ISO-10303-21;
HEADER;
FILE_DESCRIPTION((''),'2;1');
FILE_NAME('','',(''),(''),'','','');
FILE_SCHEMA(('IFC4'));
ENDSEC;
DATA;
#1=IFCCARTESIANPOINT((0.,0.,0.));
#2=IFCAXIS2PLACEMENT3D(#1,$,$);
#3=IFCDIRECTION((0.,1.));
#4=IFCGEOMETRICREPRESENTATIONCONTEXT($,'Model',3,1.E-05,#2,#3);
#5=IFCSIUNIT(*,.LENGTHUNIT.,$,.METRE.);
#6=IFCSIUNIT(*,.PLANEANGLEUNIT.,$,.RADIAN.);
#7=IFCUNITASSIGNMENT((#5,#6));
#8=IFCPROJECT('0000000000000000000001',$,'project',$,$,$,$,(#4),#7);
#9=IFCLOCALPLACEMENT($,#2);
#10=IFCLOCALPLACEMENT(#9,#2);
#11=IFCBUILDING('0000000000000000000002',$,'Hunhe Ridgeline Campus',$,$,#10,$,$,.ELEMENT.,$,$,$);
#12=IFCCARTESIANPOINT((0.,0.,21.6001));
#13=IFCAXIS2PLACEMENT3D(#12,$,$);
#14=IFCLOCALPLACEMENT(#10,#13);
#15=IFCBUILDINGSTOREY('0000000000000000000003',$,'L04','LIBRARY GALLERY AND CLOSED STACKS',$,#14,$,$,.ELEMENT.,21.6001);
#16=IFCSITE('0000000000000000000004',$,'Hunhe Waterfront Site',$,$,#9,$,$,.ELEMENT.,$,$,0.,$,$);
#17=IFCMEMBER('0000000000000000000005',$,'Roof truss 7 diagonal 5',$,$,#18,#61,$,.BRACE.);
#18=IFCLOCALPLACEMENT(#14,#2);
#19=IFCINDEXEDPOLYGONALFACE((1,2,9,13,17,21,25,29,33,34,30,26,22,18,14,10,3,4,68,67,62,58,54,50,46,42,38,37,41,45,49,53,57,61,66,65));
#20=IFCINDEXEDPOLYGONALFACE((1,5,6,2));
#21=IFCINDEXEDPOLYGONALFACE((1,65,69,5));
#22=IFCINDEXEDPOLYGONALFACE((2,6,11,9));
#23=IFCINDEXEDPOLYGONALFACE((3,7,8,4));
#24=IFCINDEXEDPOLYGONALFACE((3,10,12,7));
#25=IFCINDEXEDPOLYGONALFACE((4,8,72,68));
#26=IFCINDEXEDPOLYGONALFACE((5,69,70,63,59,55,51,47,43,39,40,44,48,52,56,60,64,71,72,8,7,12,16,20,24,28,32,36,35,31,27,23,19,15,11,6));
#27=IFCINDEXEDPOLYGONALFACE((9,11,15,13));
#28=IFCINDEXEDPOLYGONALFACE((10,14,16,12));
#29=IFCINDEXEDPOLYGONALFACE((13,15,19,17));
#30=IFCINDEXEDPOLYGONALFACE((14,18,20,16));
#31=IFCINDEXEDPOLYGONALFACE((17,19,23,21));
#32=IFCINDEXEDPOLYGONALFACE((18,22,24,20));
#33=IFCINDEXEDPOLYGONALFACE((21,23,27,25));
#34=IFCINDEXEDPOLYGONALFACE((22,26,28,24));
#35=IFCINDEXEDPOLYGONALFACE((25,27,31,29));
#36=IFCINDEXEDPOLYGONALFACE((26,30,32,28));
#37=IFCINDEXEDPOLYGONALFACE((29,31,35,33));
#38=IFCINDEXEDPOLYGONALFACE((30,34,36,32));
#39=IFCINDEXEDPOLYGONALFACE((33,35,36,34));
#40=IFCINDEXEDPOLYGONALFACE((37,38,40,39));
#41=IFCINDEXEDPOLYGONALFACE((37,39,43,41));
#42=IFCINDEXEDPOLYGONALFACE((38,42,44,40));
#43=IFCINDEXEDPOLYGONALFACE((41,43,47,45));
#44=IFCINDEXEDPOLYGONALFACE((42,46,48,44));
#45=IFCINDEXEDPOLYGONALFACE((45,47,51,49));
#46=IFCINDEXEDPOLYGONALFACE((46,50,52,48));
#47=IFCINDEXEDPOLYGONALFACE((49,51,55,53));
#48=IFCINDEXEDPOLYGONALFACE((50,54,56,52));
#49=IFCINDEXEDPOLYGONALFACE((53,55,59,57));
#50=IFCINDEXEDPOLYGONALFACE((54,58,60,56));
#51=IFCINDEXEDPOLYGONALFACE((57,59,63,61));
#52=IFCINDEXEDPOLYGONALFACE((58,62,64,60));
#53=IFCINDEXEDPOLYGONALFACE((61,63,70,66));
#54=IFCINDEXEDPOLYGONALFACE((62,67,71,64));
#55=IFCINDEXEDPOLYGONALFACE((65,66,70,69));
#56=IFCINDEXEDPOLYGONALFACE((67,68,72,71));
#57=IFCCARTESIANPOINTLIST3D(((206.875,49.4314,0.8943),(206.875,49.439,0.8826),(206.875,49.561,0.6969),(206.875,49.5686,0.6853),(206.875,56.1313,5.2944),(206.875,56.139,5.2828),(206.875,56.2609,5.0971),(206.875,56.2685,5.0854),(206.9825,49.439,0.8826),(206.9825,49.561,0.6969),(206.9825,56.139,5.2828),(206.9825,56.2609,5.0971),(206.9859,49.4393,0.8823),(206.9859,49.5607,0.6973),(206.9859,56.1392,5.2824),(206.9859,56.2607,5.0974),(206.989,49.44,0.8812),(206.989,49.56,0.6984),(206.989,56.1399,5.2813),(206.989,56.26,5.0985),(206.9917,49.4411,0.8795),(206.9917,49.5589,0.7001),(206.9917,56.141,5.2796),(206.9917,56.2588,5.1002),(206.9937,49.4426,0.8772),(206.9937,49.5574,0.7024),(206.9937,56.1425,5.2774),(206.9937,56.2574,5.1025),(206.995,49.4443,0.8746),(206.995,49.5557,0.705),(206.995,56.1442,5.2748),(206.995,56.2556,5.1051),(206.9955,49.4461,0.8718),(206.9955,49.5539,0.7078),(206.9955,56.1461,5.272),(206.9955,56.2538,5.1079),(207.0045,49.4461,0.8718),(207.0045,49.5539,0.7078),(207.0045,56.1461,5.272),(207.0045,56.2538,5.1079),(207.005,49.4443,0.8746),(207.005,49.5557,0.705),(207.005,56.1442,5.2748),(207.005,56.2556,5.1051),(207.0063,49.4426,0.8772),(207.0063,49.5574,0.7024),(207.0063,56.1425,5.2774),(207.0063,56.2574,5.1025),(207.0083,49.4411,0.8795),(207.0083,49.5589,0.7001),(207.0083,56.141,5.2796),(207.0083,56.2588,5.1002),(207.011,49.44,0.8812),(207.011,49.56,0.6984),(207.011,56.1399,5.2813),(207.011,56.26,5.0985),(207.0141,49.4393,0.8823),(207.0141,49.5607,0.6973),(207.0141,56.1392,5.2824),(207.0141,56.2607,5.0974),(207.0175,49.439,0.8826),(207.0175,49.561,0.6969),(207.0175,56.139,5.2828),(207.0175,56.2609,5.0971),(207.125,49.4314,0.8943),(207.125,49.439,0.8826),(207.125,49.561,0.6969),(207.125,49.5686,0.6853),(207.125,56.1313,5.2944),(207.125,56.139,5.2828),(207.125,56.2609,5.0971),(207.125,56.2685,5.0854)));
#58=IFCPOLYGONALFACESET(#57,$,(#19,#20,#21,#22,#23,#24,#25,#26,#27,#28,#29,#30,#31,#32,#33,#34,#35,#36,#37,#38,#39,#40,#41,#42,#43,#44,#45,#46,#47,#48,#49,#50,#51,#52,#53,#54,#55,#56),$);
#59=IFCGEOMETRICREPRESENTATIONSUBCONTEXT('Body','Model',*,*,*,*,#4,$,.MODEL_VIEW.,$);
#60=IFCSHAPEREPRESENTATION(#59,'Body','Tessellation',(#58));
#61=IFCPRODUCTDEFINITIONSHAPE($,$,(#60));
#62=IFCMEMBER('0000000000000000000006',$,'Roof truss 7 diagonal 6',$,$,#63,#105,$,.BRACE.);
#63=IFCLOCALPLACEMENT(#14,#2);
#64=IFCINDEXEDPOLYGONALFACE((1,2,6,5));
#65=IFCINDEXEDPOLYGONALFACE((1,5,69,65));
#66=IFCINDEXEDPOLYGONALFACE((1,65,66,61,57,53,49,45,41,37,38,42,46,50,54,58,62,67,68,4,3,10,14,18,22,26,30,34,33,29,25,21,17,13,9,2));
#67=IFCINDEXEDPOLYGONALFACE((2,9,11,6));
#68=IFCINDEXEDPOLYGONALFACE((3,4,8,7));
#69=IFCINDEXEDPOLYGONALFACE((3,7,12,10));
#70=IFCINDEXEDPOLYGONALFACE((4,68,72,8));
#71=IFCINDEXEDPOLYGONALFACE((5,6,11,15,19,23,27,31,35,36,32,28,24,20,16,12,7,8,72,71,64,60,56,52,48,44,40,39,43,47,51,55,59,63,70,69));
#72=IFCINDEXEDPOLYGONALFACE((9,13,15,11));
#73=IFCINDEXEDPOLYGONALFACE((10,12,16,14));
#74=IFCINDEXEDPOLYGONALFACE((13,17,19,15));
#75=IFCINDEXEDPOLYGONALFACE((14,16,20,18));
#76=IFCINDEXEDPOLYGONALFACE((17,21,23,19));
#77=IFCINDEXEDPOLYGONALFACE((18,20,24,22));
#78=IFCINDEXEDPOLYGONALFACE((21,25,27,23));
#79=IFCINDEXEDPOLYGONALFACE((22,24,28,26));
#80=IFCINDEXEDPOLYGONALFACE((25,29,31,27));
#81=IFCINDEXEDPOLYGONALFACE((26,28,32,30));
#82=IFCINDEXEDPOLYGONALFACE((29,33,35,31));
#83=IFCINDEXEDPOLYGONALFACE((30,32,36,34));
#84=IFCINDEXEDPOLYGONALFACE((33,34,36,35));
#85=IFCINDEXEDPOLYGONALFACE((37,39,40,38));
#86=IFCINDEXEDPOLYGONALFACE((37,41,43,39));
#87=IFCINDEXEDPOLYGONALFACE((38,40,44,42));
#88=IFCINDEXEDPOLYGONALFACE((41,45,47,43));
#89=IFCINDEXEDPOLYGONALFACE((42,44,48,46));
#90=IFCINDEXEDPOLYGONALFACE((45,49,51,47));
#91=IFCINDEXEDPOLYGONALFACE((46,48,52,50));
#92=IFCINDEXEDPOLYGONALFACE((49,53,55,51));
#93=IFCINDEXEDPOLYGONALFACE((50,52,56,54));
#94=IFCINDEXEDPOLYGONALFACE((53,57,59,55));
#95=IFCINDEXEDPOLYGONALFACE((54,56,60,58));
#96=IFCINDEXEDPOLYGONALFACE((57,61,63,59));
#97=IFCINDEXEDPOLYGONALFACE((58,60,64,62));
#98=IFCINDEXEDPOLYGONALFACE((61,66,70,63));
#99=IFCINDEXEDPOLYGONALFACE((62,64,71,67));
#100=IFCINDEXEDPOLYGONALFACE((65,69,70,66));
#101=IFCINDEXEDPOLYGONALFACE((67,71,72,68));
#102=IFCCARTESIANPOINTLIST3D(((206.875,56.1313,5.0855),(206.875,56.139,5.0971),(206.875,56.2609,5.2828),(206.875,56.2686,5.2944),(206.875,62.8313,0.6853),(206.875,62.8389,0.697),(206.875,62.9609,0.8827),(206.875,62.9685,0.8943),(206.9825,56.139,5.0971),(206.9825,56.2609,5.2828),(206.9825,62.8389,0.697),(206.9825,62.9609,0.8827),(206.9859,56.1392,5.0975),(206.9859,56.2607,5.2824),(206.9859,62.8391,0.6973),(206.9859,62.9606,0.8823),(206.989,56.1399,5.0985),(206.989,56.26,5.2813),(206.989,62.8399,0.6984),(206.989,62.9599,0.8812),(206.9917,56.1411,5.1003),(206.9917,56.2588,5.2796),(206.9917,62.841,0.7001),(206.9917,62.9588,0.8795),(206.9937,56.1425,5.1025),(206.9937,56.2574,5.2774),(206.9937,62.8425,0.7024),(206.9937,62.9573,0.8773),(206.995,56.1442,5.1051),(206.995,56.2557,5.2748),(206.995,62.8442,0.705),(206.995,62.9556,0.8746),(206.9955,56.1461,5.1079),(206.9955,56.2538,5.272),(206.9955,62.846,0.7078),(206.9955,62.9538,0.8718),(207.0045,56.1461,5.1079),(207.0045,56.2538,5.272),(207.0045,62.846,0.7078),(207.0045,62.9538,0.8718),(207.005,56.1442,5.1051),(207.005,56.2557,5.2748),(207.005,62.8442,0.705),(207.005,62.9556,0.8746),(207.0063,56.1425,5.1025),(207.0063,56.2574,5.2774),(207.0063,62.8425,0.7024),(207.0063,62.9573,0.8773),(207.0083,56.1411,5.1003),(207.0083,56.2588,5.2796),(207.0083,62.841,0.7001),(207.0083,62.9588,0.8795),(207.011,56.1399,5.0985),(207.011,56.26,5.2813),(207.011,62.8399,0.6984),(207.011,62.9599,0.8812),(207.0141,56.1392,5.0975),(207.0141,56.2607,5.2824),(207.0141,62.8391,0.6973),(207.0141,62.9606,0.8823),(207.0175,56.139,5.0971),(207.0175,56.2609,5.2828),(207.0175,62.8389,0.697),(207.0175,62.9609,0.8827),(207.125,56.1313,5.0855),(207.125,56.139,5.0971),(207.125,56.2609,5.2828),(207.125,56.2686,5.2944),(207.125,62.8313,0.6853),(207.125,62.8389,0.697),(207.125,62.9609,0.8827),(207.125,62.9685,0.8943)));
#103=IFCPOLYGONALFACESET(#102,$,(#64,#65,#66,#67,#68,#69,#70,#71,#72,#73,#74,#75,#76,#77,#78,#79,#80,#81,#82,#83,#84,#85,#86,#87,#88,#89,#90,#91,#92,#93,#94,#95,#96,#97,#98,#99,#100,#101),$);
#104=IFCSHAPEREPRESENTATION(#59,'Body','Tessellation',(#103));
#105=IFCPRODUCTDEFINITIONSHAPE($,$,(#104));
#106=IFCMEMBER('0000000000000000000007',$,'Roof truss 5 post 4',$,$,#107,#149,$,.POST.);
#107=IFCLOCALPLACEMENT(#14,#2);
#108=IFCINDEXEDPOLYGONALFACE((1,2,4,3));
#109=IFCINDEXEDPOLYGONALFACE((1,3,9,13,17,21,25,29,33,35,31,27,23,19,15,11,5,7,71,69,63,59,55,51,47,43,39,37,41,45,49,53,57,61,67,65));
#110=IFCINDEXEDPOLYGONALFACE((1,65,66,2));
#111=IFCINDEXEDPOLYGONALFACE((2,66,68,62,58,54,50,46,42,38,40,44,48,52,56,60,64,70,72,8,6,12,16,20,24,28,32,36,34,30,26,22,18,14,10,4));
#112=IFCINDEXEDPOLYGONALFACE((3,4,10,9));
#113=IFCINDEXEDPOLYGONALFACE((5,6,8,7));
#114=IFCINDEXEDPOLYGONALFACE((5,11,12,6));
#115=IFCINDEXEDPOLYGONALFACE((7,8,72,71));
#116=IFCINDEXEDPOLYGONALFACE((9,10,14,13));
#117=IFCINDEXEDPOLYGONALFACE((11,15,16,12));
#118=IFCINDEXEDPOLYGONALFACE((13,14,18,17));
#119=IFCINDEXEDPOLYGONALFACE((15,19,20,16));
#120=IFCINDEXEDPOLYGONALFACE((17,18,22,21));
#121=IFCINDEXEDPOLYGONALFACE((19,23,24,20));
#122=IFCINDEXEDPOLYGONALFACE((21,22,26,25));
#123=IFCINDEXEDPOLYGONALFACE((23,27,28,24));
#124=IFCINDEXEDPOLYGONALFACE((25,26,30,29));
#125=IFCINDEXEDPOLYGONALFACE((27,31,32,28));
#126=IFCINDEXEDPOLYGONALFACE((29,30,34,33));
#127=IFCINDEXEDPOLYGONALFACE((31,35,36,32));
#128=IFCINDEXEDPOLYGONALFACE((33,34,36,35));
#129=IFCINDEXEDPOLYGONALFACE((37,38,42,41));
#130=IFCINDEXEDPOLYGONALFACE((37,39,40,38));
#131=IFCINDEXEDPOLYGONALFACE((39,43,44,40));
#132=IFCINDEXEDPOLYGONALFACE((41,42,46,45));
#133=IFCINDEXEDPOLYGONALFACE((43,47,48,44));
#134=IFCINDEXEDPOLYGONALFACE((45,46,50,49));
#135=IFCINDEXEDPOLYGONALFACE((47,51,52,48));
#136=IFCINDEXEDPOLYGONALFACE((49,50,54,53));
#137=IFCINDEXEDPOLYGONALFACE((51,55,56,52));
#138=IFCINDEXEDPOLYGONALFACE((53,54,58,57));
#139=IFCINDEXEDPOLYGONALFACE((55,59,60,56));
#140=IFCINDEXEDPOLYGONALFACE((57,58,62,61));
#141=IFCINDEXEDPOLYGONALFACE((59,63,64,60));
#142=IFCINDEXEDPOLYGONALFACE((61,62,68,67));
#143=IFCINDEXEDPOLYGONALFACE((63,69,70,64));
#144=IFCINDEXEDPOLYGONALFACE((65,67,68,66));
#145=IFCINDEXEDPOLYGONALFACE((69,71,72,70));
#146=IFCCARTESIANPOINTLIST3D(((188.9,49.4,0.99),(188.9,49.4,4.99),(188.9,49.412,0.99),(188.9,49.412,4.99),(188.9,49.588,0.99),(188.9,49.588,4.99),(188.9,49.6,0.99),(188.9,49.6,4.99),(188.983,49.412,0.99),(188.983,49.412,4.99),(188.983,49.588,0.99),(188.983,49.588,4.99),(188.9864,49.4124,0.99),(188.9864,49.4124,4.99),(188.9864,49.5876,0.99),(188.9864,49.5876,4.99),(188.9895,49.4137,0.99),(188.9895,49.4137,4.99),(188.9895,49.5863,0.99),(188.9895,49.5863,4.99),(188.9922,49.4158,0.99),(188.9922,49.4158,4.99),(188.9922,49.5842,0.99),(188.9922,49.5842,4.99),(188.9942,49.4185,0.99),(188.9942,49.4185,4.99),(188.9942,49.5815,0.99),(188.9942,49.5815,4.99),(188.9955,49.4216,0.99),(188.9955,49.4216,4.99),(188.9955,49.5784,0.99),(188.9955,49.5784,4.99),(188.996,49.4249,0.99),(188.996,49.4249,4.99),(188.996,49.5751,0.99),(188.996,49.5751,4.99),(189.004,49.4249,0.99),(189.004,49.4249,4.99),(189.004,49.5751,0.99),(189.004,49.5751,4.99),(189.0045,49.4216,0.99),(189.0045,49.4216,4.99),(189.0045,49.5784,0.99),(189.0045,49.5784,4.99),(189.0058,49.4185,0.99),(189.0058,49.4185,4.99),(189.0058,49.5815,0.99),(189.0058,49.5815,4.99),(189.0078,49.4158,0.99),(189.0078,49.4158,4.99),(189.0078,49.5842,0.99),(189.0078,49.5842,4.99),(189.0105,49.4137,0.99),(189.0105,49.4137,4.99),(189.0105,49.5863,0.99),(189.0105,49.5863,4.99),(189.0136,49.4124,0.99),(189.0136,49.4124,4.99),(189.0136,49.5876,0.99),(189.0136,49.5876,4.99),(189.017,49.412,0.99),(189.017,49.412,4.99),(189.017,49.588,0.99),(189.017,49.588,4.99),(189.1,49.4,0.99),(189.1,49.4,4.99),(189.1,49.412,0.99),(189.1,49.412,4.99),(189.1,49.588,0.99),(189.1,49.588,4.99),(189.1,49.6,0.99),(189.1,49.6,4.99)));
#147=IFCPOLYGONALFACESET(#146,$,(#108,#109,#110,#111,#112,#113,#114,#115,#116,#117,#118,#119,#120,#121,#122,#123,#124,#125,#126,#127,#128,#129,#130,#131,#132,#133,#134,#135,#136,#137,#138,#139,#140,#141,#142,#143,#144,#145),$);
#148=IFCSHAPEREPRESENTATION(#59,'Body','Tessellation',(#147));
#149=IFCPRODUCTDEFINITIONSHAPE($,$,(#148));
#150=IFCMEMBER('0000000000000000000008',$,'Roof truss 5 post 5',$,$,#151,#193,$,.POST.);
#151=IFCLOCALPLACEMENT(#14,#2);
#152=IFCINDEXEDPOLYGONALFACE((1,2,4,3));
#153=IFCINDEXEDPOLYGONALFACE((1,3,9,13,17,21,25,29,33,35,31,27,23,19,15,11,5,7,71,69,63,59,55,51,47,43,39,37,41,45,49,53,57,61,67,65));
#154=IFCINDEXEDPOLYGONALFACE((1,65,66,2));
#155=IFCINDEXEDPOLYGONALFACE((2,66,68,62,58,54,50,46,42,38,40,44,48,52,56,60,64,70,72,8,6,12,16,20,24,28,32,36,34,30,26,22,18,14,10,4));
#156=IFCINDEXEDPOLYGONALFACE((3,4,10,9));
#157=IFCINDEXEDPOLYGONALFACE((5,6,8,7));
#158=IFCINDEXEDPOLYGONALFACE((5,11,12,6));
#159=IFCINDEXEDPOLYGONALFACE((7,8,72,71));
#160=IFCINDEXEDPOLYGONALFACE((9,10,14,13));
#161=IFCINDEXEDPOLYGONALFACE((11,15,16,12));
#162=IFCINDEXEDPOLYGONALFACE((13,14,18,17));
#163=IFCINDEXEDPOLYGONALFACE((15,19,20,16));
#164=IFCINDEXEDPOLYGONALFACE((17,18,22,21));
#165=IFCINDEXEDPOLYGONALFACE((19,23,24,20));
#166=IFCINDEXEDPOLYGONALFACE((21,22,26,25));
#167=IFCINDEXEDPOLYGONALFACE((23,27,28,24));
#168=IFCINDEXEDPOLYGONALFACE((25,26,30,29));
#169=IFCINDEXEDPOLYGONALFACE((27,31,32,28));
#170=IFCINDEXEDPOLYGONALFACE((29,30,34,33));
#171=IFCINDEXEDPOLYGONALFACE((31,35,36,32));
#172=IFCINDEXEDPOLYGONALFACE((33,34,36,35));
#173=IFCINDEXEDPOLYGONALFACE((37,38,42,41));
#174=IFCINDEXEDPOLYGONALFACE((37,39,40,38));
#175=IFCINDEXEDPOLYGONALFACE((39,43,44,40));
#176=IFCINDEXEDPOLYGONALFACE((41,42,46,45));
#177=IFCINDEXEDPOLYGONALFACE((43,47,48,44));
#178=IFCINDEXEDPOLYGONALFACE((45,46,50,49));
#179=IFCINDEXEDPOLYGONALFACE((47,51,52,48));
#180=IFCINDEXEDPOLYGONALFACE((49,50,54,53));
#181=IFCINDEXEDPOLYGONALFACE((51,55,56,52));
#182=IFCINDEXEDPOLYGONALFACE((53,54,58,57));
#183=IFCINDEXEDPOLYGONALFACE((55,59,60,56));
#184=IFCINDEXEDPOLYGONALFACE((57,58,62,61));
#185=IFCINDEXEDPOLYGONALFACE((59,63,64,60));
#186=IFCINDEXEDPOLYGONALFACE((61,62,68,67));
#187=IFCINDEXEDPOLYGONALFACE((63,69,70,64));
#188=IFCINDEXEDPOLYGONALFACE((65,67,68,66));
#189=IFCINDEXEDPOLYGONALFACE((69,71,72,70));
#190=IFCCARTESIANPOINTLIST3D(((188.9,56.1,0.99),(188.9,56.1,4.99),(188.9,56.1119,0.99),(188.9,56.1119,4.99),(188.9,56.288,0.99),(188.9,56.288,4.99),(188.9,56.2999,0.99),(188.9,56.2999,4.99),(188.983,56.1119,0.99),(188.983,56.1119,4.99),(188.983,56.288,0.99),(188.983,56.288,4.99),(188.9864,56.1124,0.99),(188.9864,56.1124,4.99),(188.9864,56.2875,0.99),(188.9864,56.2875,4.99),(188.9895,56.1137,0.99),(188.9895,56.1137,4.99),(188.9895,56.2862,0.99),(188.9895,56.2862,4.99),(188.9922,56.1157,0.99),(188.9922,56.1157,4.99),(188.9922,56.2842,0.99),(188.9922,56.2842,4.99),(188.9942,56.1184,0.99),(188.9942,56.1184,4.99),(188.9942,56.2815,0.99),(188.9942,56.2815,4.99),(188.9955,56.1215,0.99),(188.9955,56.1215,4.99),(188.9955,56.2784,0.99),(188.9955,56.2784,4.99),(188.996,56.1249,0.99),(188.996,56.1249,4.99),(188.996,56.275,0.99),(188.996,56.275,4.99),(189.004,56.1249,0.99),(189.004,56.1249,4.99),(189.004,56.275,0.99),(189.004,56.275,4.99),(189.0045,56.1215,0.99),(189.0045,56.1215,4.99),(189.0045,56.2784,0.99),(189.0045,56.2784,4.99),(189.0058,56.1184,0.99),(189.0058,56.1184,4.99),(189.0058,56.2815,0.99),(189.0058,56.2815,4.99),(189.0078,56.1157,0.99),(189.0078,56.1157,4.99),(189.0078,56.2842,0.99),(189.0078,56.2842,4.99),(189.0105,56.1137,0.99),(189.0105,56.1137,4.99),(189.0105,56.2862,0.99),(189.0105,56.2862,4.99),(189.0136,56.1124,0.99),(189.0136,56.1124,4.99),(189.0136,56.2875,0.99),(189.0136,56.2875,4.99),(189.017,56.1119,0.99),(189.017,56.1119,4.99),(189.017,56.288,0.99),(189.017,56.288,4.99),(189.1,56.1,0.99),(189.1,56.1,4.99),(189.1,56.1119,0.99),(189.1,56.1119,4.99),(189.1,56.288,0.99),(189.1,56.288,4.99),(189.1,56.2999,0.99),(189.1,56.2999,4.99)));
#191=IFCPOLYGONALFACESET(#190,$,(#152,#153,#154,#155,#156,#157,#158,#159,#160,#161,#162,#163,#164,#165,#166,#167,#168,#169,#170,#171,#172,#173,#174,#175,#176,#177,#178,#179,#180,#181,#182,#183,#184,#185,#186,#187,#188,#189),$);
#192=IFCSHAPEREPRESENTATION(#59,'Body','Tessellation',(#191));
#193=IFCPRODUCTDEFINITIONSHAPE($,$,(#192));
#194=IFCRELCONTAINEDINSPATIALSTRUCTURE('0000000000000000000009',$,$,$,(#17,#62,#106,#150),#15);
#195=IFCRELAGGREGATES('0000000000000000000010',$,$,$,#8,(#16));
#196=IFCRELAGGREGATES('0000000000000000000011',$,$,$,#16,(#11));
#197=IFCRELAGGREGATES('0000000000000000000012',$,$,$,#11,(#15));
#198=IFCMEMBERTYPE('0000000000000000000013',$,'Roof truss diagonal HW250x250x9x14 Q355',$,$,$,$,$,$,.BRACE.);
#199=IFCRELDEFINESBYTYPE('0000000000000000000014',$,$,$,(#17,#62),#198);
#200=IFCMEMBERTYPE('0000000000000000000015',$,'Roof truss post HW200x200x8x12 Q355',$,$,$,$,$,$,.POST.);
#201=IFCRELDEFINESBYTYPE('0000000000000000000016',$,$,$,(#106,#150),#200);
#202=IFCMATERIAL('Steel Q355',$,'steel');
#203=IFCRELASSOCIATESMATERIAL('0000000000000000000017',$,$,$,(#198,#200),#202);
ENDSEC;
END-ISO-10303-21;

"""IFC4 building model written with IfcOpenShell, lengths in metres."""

from ifc_helpers import new_model, si_unit, direction, frame, origin, origin_2d, place, context, subcontext, project, spatial, i_section, extrude, material, material_profile, profile_set, type_object, element, save


model = new_model("IFC4")

# Units and contexts
model_context = context("Model", 3, precision=1e-05, world=origin(), true_north=direction((0.0, 1.0)))
body_context = subcontext(model_context, "Body", "Model", "MODEL_VIEW")
ifc_project = project(units=[si_unit("LENGTHUNIT", "METRE"), si_unit("PLANEANGLEUNIT", "RADIAN")], contexts=[model_context])

# Site, building, storey
site_placement = place(None, origin())
site = spatial("IfcSite", under=ifc_project, at=site_placement, Name="Hunhe Waterfront Site", CompositionType="ELEMENT", RefElevation=0.0)
building_placement = place(site_placement, origin())
building = spatial("IfcBuilding", under=site, at=building_placement, Name="Hunhe Ridgeline Campus", CompositionType="ELEMENT")
storey_placement = place(building_placement, frame((0.0, 0.0, 21.6001)))
storey = spatial("IfcBuildingStorey", under=building, at=storey_placement, Name="L04", Description="LIBRARY GALLERY AND CLOSED STACKS", CompositionType="ELEMENT", Elevation=21.6001)

# Members
ifc_material_1 = material(Name="Steel Q355", Category="steel")
ifc_material_profile_1 = material_profile(ifc_material_1, i_section(OverallWidth=0.25, OverallDepth=0.25, WebThickness=0.009, FlangeThickness=0.0139, FilletRadius=0.0129, at=origin_2d()))
ifc_profile_set_1 = profile_set([ifc_material_profile_1], Name="Steel Q355")
member_type_1 = type_object("IfcMemberType", Name="Roof truss diagonal HW250x250x9x14 Q355", PredefinedType="BRACE", material=ifc_profile_set_1)
for number, where, z_axis, x_axis, name in (
    (1, (207.0, 49.5, 0.7898), (0.0, 0.835859, 0.548944), (-1.0, 0.0, 0.0), "Roof truss 7 diagonal 5"),
    (2, (207.0, 56.2, 5.1899), (0.0, 0.835859, -0.548944), (-1.0, 0.0, 0.0), "Roof truss 7 diagonal 6"),
):
    element("IfcMember", number, at=place(storey_placement, frame(where, z_axis=z_axis, x_axis=x_axis)), inside=storey, type_object=member_type_1, Name=name, PredefinedType="BRACE", context=body_context, shape_type="SweptSolid", body=[
        extrude(i_section(OverallWidth=0.25, OverallDepth=0.25, WebThickness=0.009, FlangeThickness=0.0139, FilletRadius=0.0129, at=origin_2d()), origin(), (0.0, 0.0, 1.0), 8.0156),
    ])
ifc_material_profile_2 = material_profile(ifc_material_1, i_section(OverallWidth=0.2, OverallDepth=0.2, WebThickness=0.0081, FlangeThickness=0.012, FilletRadius=0.0129, at=origin_2d()))
ifc_profile_set_2 = profile_set([ifc_material_profile_2], Name="Steel Q355")
member_type_2 = type_object("IfcMemberType", Name="Roof truss post HW200x200x8x12 Q355", PredefinedType="POST", material=ifc_profile_set_2)
for number, where, z_axis, x_axis, name in (
    (3, (189.0, 49.5, 0.99), (0.0, 0.0, 1.0), (1.0, 0.0, 0.0), "Roof truss 5 post 4"),
    (4, (189.0, 56.2, 0.99), (0.0, 0.0, 1.0), (1.0, 0.0, 0.0), "Roof truss 5 post 5"),
):
    element("IfcMember", number, at=place(storey_placement, frame(where, z_axis=z_axis, x_axis=x_axis)), inside=storey, type_object=member_type_2, Name=name, PredefinedType="POST", context=body_context, shape_type="SweptSolid", body=[
        extrude(i_section(OverallWidth=0.2, OverallDepth=0.2, WebThickness=0.0081, FlangeThickness=0.012, FilletRadius=0.0129, at=origin_2d()), origin(), (0.0, 0.0, 1.0), 4.0),
    ])

save(model, "model.ifc")
